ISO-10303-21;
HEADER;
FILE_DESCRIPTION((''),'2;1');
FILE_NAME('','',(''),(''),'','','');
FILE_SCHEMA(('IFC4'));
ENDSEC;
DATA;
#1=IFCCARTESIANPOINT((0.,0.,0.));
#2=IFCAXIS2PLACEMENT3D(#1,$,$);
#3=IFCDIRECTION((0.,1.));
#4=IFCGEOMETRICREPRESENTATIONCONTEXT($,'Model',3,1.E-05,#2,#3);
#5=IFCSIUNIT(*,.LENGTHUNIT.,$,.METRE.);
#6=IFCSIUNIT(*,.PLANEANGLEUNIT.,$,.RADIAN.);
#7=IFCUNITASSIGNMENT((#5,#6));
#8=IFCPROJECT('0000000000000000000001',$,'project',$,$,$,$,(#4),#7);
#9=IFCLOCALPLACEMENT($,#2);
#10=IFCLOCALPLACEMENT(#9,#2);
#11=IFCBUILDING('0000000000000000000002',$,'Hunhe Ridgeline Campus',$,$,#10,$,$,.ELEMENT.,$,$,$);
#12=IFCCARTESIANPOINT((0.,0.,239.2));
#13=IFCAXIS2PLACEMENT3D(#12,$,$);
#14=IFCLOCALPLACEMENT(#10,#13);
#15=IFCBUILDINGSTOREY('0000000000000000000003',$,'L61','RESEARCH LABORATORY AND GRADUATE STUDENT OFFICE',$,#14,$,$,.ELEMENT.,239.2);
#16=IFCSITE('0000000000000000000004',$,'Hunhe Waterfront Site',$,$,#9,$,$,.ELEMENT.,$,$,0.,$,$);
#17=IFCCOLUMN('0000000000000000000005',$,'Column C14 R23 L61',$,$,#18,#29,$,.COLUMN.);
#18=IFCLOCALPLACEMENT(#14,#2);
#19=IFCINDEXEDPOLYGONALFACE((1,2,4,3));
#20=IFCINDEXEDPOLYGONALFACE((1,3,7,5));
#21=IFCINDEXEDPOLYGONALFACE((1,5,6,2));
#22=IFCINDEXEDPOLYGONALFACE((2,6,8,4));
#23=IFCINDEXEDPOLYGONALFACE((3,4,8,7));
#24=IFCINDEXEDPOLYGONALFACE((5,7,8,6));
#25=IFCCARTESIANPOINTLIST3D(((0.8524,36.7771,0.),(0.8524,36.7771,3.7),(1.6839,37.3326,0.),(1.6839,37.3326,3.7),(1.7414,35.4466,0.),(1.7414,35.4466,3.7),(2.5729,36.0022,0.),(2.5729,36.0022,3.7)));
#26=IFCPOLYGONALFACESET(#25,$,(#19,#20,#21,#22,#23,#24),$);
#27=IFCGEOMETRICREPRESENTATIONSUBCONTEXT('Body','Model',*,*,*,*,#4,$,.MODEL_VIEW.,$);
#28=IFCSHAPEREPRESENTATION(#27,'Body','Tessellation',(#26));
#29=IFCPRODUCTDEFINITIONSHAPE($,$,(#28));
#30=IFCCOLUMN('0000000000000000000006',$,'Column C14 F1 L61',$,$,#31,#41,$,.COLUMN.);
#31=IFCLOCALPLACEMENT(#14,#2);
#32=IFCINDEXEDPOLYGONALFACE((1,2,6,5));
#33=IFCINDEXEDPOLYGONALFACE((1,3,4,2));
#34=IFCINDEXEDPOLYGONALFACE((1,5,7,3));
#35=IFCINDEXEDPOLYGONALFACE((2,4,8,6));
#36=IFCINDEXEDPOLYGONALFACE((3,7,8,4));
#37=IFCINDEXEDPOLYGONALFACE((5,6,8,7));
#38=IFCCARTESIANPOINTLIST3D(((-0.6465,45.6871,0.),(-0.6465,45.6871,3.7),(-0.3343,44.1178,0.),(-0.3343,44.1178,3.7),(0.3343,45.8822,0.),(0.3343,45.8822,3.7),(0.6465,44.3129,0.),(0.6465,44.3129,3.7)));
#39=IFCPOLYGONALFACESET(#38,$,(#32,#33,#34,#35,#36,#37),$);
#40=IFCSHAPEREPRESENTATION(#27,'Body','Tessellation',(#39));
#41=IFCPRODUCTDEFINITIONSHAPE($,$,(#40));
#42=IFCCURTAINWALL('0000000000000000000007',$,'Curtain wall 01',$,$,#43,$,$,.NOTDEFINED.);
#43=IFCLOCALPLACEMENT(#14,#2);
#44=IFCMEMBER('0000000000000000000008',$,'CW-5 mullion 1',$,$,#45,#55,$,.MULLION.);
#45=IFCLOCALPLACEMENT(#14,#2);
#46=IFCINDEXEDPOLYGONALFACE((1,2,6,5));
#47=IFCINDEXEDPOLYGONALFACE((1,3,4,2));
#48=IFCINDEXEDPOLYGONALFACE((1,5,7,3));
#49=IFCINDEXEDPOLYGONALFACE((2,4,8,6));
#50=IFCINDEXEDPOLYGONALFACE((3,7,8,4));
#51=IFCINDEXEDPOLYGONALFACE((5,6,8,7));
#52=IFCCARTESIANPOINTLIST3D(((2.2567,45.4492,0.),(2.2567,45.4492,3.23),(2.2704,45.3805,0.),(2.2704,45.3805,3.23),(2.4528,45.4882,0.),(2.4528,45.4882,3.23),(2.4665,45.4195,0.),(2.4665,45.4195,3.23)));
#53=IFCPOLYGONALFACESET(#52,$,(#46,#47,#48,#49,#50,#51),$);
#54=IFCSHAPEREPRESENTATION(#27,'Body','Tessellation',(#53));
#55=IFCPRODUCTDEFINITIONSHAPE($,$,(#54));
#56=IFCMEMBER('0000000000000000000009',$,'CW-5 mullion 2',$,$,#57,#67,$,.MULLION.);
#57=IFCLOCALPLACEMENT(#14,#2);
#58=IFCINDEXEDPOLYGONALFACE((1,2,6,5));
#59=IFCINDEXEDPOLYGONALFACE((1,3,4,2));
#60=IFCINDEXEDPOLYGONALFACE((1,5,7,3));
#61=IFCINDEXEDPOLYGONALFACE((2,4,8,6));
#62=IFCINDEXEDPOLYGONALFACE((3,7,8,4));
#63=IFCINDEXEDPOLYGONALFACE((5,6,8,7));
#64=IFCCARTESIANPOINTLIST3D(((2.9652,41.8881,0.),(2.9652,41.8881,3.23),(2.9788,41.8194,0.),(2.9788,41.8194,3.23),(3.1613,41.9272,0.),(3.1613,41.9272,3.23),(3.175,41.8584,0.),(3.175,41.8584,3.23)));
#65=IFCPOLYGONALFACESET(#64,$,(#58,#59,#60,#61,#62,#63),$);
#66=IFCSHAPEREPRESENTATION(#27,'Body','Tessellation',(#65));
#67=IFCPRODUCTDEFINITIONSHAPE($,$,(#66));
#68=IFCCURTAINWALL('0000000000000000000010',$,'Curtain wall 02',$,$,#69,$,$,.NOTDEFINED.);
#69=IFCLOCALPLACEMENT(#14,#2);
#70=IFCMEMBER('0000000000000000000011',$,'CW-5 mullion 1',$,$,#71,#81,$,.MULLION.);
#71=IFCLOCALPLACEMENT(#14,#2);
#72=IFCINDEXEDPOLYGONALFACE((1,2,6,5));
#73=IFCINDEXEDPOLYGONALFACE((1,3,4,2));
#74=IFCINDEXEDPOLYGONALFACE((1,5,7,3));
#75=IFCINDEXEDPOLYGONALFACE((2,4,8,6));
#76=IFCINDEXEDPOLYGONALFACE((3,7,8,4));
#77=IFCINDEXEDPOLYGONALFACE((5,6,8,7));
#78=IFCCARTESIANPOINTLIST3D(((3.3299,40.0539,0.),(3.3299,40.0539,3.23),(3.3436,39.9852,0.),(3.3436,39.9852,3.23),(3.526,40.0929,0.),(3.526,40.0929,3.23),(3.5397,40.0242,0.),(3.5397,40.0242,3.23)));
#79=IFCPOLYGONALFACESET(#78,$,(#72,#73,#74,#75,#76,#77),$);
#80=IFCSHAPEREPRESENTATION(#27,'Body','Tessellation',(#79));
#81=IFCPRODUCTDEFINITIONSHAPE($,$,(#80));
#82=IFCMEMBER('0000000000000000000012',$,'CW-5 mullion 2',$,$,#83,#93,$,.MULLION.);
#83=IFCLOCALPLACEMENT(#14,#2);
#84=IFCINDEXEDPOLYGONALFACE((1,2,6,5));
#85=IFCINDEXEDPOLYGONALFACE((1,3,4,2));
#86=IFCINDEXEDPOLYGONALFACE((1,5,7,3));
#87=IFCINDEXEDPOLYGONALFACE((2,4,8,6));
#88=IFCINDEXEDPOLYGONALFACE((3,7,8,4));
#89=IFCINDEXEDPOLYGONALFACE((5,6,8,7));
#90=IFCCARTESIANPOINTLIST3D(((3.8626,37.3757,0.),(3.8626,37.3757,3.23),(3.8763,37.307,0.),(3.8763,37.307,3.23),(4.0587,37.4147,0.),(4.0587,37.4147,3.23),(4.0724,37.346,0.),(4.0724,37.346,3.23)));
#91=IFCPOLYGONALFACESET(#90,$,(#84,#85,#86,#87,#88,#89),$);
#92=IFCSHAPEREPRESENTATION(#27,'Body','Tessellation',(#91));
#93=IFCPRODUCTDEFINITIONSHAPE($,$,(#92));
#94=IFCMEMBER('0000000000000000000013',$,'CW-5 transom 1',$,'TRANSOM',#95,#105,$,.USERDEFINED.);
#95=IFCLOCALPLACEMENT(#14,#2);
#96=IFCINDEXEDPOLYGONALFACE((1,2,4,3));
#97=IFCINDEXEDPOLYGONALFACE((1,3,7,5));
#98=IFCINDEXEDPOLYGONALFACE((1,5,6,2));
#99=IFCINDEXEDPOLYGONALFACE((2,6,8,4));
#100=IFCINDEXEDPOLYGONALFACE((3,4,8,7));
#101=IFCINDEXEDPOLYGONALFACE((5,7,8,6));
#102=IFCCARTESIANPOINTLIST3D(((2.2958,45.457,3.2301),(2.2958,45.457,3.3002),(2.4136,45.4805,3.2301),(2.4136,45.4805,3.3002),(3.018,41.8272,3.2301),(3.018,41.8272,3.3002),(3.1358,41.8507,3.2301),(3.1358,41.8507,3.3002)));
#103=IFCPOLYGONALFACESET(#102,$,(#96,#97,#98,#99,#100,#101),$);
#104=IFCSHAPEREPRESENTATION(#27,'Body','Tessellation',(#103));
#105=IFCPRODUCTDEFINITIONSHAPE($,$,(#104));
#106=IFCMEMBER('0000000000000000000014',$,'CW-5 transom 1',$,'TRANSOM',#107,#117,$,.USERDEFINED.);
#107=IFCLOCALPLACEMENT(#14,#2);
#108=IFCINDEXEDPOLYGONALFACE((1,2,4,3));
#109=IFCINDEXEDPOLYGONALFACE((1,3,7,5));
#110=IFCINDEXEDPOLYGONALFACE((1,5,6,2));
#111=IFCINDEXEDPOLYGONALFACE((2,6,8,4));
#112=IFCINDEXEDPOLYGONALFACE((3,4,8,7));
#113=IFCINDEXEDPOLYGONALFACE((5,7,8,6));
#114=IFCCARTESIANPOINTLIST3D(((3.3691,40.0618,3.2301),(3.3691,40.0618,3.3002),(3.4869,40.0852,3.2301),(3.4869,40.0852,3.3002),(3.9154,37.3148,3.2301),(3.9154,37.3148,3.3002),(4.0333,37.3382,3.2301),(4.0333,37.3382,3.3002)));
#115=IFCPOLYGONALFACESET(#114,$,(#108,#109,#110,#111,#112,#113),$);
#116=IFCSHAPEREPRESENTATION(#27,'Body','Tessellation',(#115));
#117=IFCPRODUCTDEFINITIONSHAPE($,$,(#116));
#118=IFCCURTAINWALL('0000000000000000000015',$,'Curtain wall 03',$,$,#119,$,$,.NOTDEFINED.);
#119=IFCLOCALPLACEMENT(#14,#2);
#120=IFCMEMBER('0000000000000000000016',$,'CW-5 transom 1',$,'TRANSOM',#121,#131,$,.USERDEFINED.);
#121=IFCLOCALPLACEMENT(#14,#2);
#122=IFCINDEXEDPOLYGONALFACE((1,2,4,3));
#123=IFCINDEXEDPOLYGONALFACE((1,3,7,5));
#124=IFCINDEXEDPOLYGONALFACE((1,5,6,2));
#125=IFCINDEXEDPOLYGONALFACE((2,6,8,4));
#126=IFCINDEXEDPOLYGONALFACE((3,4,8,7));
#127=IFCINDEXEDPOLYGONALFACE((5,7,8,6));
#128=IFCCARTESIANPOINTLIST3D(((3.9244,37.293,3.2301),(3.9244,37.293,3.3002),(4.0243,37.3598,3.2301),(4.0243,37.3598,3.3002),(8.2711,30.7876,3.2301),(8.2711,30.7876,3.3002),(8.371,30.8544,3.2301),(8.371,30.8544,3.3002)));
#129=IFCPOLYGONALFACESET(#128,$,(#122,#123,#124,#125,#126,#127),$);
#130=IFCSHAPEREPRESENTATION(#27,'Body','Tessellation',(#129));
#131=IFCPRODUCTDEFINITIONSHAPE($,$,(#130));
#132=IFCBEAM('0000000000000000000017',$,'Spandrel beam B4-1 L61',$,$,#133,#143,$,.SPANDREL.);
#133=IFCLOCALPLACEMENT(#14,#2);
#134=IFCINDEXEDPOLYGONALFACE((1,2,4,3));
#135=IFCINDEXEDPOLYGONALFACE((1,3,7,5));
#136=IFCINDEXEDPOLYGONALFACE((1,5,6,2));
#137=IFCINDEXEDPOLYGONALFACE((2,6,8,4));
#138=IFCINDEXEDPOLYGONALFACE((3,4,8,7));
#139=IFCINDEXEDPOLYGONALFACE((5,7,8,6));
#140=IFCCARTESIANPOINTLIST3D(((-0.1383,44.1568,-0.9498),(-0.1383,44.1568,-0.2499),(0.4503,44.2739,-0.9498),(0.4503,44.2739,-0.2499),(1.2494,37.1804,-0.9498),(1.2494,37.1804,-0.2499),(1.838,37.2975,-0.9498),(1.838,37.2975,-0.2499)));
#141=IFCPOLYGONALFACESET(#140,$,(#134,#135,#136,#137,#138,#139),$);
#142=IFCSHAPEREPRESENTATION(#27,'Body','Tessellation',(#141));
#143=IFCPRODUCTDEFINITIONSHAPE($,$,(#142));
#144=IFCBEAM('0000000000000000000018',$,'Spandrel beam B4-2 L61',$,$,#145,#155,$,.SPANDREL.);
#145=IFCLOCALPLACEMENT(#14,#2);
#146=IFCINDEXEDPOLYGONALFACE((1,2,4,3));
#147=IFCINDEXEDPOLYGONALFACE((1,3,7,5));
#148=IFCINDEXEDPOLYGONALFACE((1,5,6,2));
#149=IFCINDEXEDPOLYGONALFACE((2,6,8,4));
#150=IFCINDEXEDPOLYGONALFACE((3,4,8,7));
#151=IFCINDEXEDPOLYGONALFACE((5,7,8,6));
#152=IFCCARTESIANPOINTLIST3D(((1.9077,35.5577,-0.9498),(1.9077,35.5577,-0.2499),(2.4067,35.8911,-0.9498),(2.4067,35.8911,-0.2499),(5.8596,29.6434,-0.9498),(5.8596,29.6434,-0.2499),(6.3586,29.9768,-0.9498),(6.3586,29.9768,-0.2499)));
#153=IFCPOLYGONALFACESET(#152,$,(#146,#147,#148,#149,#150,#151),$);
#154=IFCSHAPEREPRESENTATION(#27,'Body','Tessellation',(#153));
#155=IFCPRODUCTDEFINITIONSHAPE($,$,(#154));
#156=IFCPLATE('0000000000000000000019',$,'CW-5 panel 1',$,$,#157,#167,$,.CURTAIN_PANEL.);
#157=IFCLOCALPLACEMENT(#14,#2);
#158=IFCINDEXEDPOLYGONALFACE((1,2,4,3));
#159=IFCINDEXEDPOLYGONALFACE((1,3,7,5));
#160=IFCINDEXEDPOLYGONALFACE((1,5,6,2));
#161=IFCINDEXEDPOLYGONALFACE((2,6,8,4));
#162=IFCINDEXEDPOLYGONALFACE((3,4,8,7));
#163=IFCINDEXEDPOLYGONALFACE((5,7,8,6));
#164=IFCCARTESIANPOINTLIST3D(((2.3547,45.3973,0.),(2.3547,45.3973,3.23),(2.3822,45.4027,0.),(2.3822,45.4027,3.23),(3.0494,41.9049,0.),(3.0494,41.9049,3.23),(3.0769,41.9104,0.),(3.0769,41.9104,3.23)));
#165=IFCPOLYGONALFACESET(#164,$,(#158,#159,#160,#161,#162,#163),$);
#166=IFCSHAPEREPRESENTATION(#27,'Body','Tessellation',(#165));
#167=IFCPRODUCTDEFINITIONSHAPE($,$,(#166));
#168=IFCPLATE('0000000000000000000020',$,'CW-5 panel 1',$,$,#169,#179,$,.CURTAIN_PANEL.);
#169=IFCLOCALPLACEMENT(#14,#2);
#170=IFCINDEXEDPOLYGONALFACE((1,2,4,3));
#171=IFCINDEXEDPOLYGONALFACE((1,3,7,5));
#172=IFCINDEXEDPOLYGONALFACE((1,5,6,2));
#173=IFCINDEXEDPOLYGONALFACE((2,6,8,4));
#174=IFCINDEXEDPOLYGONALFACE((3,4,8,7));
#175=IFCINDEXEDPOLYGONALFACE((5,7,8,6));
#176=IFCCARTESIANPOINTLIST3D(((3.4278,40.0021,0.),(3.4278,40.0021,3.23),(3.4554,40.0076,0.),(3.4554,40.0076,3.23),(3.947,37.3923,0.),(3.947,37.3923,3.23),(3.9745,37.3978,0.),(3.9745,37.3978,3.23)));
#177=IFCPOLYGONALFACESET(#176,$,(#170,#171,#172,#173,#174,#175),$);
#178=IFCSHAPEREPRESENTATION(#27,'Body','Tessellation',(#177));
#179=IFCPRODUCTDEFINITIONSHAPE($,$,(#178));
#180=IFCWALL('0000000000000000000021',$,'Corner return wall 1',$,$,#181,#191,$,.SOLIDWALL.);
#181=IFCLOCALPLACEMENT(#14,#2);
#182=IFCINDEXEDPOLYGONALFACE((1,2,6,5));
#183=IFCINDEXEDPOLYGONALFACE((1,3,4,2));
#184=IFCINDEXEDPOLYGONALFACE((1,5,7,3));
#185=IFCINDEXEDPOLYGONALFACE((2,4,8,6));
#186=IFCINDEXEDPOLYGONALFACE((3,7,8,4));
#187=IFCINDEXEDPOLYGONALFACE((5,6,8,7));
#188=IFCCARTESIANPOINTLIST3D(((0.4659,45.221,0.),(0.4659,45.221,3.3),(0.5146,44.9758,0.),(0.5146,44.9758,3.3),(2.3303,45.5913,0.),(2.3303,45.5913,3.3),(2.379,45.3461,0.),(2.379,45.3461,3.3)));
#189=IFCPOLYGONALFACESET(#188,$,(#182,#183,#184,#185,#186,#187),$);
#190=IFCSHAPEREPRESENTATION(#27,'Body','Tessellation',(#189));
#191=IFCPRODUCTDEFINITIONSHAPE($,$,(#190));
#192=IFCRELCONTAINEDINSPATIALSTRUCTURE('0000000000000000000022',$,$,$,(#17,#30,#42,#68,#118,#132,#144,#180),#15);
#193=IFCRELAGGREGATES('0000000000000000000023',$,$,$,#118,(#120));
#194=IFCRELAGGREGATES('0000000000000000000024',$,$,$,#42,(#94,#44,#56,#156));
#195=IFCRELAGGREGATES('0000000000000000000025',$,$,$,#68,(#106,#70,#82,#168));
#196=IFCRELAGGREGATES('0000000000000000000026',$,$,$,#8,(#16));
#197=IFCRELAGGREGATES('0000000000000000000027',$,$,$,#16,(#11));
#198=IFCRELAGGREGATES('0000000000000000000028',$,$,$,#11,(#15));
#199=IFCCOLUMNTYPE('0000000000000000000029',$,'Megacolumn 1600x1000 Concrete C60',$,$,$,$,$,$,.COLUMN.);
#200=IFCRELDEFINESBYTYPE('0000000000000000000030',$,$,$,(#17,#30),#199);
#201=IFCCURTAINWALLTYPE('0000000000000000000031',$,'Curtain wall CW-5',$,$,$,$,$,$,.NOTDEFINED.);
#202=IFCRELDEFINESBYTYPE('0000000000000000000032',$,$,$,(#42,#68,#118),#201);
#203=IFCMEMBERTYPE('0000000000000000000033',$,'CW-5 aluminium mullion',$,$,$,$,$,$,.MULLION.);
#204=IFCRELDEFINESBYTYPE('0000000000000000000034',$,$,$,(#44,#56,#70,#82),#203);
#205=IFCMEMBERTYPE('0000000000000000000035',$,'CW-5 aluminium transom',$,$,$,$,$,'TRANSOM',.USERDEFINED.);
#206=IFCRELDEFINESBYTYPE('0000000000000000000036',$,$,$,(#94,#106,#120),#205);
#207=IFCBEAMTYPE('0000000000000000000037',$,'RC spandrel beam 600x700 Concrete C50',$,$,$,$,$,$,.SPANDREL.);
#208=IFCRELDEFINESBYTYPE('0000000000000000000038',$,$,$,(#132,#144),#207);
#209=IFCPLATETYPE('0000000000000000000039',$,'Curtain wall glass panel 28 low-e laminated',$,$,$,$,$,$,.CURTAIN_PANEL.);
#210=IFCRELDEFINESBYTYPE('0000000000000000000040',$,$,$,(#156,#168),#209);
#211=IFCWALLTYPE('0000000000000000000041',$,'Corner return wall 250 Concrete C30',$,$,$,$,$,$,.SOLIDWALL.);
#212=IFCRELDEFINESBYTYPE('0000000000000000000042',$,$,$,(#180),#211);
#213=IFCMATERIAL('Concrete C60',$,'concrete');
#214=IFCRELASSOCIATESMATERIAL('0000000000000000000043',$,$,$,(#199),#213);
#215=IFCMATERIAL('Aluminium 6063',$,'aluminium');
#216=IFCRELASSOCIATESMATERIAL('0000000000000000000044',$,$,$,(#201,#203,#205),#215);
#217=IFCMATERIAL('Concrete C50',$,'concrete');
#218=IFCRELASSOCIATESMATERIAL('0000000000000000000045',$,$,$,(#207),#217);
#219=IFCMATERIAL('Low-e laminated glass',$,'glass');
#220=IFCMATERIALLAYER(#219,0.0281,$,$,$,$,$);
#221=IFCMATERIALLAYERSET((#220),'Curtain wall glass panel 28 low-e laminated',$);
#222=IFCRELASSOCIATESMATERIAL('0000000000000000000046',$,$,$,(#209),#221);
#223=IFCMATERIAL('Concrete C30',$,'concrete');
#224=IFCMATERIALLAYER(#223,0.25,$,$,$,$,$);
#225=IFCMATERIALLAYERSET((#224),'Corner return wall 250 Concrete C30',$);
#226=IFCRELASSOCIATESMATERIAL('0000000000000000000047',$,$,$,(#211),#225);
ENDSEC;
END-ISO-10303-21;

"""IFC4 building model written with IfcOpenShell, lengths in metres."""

from ifc_helpers import new_model, si_unit, direction, frame, frame_2d, origin, origin_2d, place, context, subcontext, project, spatial, rectangle, extrude, material, layer, layer_set, material_profile, profile_set, type_object, element, aggregate, save


model = new_model("IFC4")

# Units and contexts
model_context = context("Model", 3, precision=1e-05, world=origin(), true_north=direction((0.0, 1.0)))
body_context = subcontext(model_context, "Body", "Model", "MODEL_VIEW")
ifc_project = project(units=[si_unit("LENGTHUNIT", "METRE"), si_unit("PLANEANGLEUNIT", "RADIAN")], contexts=[model_context])

# Site, building, storey
site_placement = place(None, origin())
site = spatial("IfcSite", under=ifc_project, at=site_placement, Name="Hunhe Waterfront Site", CompositionType="ELEMENT", RefElevation=0.0)
building_placement = place(site_placement, origin())
building = spatial("IfcBuilding", under=site, at=building_placement, Name="Hunhe Ridgeline Campus", CompositionType="ELEMENT")
storey_placement = place(building_placement, frame((0.0, 0.0, 239.2)))
storey = spatial("IfcBuildingStorey", under=building, at=storey_placement, Name="L61", Description="RESEARCH LABORATORY AND GRADUATE STUDENT OFFICE", CompositionType="ELEMENT", Elevation=239.2)

# Columns
ifc_material_1 = material(Name="Concrete C60", Category="concrete")
ifc_material_profile_1 = material_profile(ifc_material_1, rectangle(XDim=1.6001, YDim=1.0, at=origin_2d()))
ifc_profile_set_1 = profile_set([ifc_material_profile_1], Name="Concrete C60")
column_type = type_object("IfcColumnType", Name="Megacolumn 1600x1000 Concrete C60", PredefinedType="COLUMN", material=ifc_profile_set_1)
for number, where, z_axis, x_axis, name in (
    (1, (1.7126, 36.3896, 0.0), (0.0, 0.0, 1.0), (-0.55557, 0.83147, 0.0), "Column C14 R23 L61"),
    (2, (0.0, 45.0, 0.0), (0.0, 0.0, 1.0), (-0.19509, 0.980785, 0.0), "Column C14 F1 L61"),
):
    element("IfcColumn", number, at=place(storey_placement, frame(where, z_axis=z_axis, x_axis=x_axis)), inside=storey, type_object=column_type, Name=name, PredefinedType="COLUMN", context=body_context, shape_type="SweptSolid", body=[
        extrude(rectangle(XDim=1.6001, YDim=1.0, at=origin_2d()), origin(), (0.0, 0.0, 1.0), 3.7),
    ])

# Curtain walls, members
ifc_material_2 = material(Name="Aluminium 6063", Category="aluminium")
curtain_wall_type = type_object("IfcCurtainWallType", Name="Curtain wall CW-5", PredefinedType="NOTDEFINED", material=ifc_material_2)
curtain_wall_1_placement = place(storey_placement, origin())
curtain_wall_1 = element("IfcCurtainWall", 3, at=curtain_wall_1_placement, inside=storey, type_object=curtain_wall_type, Name="Curtain wall 01", PredefinedType="NOTDEFINED")
ifc_material_profile_2 = material_profile(ifc_material_2, rectangle(XDim=0.2, YDim=0.0701, at=origin_2d()))
ifc_profile_set_2 = profile_set([ifc_material_profile_2], Name="Aluminium 6063")
member_type_1 = type_object("IfcMemberType", Name="CW-5 aluminium mullion", PredefinedType="MULLION", material=ifc_profile_set_2)
member_1_placement = place(storey_placement, frame((2.3616, 45.4343, 0.0), z_axis=(0.0, 0.0, 1.0), x_axis=(0.980784, 0.195095, 0.0)))
member_1 = element("IfcMember", 4, at=member_1_placement, type_object=member_type_1, Name="CW-5 mullion 1", PredefinedType="MULLION", context=body_context, shape_type="SweptSolid", body=[
    extrude(rectangle(XDim=0.2, YDim=0.0701, at=origin_2d()), origin(), (0.0, 0.0, 1.0), 3.23),
])
member_2_placement = place(storey_placement, frame((3.0701, 41.8733, 0.0), z_axis=(0.0, 0.0, 1.0), x_axis=(0.980784, 0.195095, 0.0)))
member_2 = element("IfcMember", 5, at=member_2_placement, type_object=member_type_1, Name="CW-5 mullion 2", PredefinedType="MULLION", context=body_context, shape_type="SweptSolid", body=[
    extrude(rectangle(XDim=0.2, YDim=0.0701, at=origin_2d()), origin(), (0.0, 0.0, 1.0), 3.23),
])
curtain_wall_2_placement = place(storey_placement, origin())
curtain_wall_2 = element("IfcCurtainWall", 6, at=curtain_wall_2_placement, inside=storey, type_object=curtain_wall_type, Name="Curtain wall 02", PredefinedType="NOTDEFINED")
member_3_placement = place(storey_placement, frame((3.4348, 40.0391, 0.0), z_axis=(0.0, 0.0, 1.0), x_axis=(0.980784, 0.195095, 0.0)))
member_3 = element("IfcMember", 7, at=member_3_placement, type_object=member_type_1, Name="CW-5 mullion 1", PredefinedType="MULLION", context=body_context, shape_type="SweptSolid", body=[
    extrude(rectangle(XDim=0.2, YDim=0.0701, at=origin_2d()), origin(), (0.0, 0.0, 1.0), 3.23),
])
member_4_placement = place(storey_placement, frame((3.9675, 37.3608, 0.0), z_axis=(0.0, 0.0, 1.0), x_axis=(0.980784, 0.195095, 0.0)))
member_4 = element("IfcMember", 8, at=member_4_placement, type_object=member_type_1, Name="CW-5 mullion 2", PredefinedType="MULLION", context=body_context, shape_type="SweptSolid", body=[
    extrude(rectangle(XDim=0.2, YDim=0.0701, at=origin_2d()), origin(), (0.0, 0.0, 1.0), 3.23),
])

# Members
ifc_material_profile_3 = material_profile(ifc_material_2, rectangle(XDim=0.1201, YDim=0.0701, at=origin_2d()))
ifc_profile_set_3 = profile_set([ifc_material_profile_3], Name="Aluminium 6063")
member_type_2 = type_object("IfcMemberType", Name="CW-5 aluminium transom", ElementType="TRANSOM", PredefinedType="USERDEFINED", material=ifc_profile_set_3)
member_5_placement = place(storey_placement, frame((2.3547, 45.4688, 3.2651), z_axis=(0.195127, -0.980778, 0.0), x_axis=(0.980778, 0.195127, 0.0)))
member_5 = element("IfcMember", 9, at=member_5_placement, type_object=member_type_2, Name="CW-5 transom 1", ObjectType="TRANSOM", PredefinedType="USERDEFINED", context=body_context, shape_type="SweptSolid", body=[
    extrude(rectangle(XDim=0.1201, YDim=0.0701, at=origin_2d()), origin(), (0.0, 0.0, 1.0), 3.7009),
])
member_6_placement = place(storey_placement, frame((3.428, 40.0735, 3.2651), z_axis=(0.195077, -0.980788, 0.0), x_axis=(0.980788, 0.195077, 0.0)))
member_6 = element("IfcMember", 10, at=member_6_placement, type_object=member_type_2, Name="CW-5 transom 1", ObjectType="TRANSOM", PredefinedType="USERDEFINED", context=body_context, shape_type="SweptSolid", body=[
    extrude(rectangle(XDim=0.1201, YDim=0.0701, at=origin_2d()), origin(), (0.0, 0.0, 1.0), 2.8008),
])

# Curtain wall, member
curtain_wall_3_placement = place(storey_placement, origin())
curtain_wall_3 = element("IfcCurtainWall", 11, at=curtain_wall_3_placement, inside=storey, type_object=curtain_wall_type, Name="Curtain wall 03", PredefinedType="NOTDEFINED")
member_7_placement = place(storey_placement, frame((3.9744, 37.3264, 3.2651), z_axis=(0.555564, -0.831474, 0.0), x_axis=(0.831474, 0.555564, 0.0)))
member_7 = element("IfcMember", 12, at=member_7_placement, type_object=member_type_2, Name="CW-5 transom 1", ObjectType="TRANSOM", PredefinedType="USERDEFINED", context=body_context, shape_type="SweptSolid", body=[
    extrude(rectangle(XDim=0.1201, YDim=0.0701, at=origin_2d()), origin(), (0.0, 0.0, 1.0), 7.824),
])
aggregate(curtain_wall_3, [member_7])

# Beams
ifc_material_3 = material(Name="Concrete C50", Category="concrete")
ifc_material_profile_4 = material_profile(ifc_material_3, rectangle(XDim=0.6001, YDim=0.7, at=origin_2d()))
ifc_profile_set_4 = profile_set([ifc_material_profile_4], Name="Concrete C50")
beam_type = type_object("IfcBeamType", Name="RC spandrel beam 600x700 Concrete C50", PredefinedType="SPANDREL", material=ifc_profile_set_4)
for number, where, z_axis, x_axis, name in (
    (13, (0.156, 44.2153, -0.5999), (0.195093, -0.980785, 0.0), (0.980785, 0.195093, 0.0), "Spandrel beam B4-1 L61"),
    (14, (2.1572, 35.7244, -0.5999), (0.555579, -0.831464, 0.0), (0.831464, 0.555579, 0.0), "Spandrel beam B4-2 L61"),
):
    element("IfcBeam", number, at=place(storey_placement, frame(where, z_axis=z_axis, x_axis=x_axis)), inside=storey, type_object=beam_type, Name=name, PredefinedType="SPANDREL", context=body_context, shape_type="SweptSolid", body=[
        extrude(rectangle(XDim=0.6001, YDim=0.7, at=origin_2d()), origin(), (0.0, 0.0, 1.0), 7.113),
    ])

# Plates
ifc_material_4 = material(Name="Low-e laminated glass", Category="glass")
ifc_layer_1 = layer(ifc_material_4, 0.0281)
ifc_layer_set_1 = layer_set([ifc_layer_1], Name="Curtain wall glass panel 28 low-e laminated")
plate_type = type_object("IfcPlateType", Name="Curtain wall glass panel 28 low-e laminated", PredefinedType="CURTAIN_PANEL", material=ifc_layer_set_1)
plate_1_placement = place(storey_placement, frame((2.7158, 43.6538, 0.0), z_axis=(0.0, 0.0, 1.0), x_axis=(0.195095, -0.980784, 0.0)))
plate_1 = element("IfcPlate", 15, at=plate_1_placement, type_object=plate_type, Name="CW-5 panel 1", PredefinedType="CURTAIN_PANEL", context=body_context, shape_type="SweptSolid", body=[
    extrude(rectangle(XDim=3.5608, YDim=0.0281, at=origin_2d()), origin(), (0.0, 0.0, 1.0), 3.23),
])
aggregate(curtain_wall_1, [member_5, member_1, member_2, plate_1])
plate_2_placement = place(storey_placement, frame((3.7012, 38.7, 0.0), z_axis=(0.0, 0.0, 1.0), x_axis=(0.195095, -0.980784, 0.0)))
plate_2 = element("IfcPlate", 16, at=plate_2_placement, type_object=plate_type, Name="CW-5 panel 1", PredefinedType="CURTAIN_PANEL", context=body_context, shape_type="SweptSolid", body=[
    extrude(rectangle(XDim=2.6609, YDim=0.0281, at=origin_2d()), origin(), (0.0, 0.0, 1.0), 3.23),
])
aggregate(curtain_wall_2, [member_6, member_3, member_4, plate_2])

# Wall
ifc_material_5 = material(Name="Concrete C30", Category="concrete")
ifc_layer_2 = layer(ifc_material_5, 0.25)
ifc_layer_set_2 = layer_set([ifc_layer_2], Name="Corner return wall 250 Concrete C30")
wall_type_1 = type_object("IfcWallType", Name="Corner return wall 250 Concrete C30", PredefinedType="SOLIDWALL", material=ifc_layer_set_2)
wall_1_placement = place(storey_placement, frame((0.4902, 45.0984, 0.0), z_axis=(0.0, 0.0, 1.0), x_axis=(0.980837, 0.194832, 0.0)))
element("IfcWall", 17, at=wall_1_placement, inside=storey, type_object=wall_type_1, Name="Corner return wall 1", PredefinedType="SOLIDWALL", context=body_context, shape_type="SweptSolid", body=[
    extrude(rectangle(XDim=1.9009, YDim=0.25, at=frame_2d((0.9504, 0.0))), origin(), (0.0, 0.0, 1.0), 3.3),
])

save(model, "model.ifc")
